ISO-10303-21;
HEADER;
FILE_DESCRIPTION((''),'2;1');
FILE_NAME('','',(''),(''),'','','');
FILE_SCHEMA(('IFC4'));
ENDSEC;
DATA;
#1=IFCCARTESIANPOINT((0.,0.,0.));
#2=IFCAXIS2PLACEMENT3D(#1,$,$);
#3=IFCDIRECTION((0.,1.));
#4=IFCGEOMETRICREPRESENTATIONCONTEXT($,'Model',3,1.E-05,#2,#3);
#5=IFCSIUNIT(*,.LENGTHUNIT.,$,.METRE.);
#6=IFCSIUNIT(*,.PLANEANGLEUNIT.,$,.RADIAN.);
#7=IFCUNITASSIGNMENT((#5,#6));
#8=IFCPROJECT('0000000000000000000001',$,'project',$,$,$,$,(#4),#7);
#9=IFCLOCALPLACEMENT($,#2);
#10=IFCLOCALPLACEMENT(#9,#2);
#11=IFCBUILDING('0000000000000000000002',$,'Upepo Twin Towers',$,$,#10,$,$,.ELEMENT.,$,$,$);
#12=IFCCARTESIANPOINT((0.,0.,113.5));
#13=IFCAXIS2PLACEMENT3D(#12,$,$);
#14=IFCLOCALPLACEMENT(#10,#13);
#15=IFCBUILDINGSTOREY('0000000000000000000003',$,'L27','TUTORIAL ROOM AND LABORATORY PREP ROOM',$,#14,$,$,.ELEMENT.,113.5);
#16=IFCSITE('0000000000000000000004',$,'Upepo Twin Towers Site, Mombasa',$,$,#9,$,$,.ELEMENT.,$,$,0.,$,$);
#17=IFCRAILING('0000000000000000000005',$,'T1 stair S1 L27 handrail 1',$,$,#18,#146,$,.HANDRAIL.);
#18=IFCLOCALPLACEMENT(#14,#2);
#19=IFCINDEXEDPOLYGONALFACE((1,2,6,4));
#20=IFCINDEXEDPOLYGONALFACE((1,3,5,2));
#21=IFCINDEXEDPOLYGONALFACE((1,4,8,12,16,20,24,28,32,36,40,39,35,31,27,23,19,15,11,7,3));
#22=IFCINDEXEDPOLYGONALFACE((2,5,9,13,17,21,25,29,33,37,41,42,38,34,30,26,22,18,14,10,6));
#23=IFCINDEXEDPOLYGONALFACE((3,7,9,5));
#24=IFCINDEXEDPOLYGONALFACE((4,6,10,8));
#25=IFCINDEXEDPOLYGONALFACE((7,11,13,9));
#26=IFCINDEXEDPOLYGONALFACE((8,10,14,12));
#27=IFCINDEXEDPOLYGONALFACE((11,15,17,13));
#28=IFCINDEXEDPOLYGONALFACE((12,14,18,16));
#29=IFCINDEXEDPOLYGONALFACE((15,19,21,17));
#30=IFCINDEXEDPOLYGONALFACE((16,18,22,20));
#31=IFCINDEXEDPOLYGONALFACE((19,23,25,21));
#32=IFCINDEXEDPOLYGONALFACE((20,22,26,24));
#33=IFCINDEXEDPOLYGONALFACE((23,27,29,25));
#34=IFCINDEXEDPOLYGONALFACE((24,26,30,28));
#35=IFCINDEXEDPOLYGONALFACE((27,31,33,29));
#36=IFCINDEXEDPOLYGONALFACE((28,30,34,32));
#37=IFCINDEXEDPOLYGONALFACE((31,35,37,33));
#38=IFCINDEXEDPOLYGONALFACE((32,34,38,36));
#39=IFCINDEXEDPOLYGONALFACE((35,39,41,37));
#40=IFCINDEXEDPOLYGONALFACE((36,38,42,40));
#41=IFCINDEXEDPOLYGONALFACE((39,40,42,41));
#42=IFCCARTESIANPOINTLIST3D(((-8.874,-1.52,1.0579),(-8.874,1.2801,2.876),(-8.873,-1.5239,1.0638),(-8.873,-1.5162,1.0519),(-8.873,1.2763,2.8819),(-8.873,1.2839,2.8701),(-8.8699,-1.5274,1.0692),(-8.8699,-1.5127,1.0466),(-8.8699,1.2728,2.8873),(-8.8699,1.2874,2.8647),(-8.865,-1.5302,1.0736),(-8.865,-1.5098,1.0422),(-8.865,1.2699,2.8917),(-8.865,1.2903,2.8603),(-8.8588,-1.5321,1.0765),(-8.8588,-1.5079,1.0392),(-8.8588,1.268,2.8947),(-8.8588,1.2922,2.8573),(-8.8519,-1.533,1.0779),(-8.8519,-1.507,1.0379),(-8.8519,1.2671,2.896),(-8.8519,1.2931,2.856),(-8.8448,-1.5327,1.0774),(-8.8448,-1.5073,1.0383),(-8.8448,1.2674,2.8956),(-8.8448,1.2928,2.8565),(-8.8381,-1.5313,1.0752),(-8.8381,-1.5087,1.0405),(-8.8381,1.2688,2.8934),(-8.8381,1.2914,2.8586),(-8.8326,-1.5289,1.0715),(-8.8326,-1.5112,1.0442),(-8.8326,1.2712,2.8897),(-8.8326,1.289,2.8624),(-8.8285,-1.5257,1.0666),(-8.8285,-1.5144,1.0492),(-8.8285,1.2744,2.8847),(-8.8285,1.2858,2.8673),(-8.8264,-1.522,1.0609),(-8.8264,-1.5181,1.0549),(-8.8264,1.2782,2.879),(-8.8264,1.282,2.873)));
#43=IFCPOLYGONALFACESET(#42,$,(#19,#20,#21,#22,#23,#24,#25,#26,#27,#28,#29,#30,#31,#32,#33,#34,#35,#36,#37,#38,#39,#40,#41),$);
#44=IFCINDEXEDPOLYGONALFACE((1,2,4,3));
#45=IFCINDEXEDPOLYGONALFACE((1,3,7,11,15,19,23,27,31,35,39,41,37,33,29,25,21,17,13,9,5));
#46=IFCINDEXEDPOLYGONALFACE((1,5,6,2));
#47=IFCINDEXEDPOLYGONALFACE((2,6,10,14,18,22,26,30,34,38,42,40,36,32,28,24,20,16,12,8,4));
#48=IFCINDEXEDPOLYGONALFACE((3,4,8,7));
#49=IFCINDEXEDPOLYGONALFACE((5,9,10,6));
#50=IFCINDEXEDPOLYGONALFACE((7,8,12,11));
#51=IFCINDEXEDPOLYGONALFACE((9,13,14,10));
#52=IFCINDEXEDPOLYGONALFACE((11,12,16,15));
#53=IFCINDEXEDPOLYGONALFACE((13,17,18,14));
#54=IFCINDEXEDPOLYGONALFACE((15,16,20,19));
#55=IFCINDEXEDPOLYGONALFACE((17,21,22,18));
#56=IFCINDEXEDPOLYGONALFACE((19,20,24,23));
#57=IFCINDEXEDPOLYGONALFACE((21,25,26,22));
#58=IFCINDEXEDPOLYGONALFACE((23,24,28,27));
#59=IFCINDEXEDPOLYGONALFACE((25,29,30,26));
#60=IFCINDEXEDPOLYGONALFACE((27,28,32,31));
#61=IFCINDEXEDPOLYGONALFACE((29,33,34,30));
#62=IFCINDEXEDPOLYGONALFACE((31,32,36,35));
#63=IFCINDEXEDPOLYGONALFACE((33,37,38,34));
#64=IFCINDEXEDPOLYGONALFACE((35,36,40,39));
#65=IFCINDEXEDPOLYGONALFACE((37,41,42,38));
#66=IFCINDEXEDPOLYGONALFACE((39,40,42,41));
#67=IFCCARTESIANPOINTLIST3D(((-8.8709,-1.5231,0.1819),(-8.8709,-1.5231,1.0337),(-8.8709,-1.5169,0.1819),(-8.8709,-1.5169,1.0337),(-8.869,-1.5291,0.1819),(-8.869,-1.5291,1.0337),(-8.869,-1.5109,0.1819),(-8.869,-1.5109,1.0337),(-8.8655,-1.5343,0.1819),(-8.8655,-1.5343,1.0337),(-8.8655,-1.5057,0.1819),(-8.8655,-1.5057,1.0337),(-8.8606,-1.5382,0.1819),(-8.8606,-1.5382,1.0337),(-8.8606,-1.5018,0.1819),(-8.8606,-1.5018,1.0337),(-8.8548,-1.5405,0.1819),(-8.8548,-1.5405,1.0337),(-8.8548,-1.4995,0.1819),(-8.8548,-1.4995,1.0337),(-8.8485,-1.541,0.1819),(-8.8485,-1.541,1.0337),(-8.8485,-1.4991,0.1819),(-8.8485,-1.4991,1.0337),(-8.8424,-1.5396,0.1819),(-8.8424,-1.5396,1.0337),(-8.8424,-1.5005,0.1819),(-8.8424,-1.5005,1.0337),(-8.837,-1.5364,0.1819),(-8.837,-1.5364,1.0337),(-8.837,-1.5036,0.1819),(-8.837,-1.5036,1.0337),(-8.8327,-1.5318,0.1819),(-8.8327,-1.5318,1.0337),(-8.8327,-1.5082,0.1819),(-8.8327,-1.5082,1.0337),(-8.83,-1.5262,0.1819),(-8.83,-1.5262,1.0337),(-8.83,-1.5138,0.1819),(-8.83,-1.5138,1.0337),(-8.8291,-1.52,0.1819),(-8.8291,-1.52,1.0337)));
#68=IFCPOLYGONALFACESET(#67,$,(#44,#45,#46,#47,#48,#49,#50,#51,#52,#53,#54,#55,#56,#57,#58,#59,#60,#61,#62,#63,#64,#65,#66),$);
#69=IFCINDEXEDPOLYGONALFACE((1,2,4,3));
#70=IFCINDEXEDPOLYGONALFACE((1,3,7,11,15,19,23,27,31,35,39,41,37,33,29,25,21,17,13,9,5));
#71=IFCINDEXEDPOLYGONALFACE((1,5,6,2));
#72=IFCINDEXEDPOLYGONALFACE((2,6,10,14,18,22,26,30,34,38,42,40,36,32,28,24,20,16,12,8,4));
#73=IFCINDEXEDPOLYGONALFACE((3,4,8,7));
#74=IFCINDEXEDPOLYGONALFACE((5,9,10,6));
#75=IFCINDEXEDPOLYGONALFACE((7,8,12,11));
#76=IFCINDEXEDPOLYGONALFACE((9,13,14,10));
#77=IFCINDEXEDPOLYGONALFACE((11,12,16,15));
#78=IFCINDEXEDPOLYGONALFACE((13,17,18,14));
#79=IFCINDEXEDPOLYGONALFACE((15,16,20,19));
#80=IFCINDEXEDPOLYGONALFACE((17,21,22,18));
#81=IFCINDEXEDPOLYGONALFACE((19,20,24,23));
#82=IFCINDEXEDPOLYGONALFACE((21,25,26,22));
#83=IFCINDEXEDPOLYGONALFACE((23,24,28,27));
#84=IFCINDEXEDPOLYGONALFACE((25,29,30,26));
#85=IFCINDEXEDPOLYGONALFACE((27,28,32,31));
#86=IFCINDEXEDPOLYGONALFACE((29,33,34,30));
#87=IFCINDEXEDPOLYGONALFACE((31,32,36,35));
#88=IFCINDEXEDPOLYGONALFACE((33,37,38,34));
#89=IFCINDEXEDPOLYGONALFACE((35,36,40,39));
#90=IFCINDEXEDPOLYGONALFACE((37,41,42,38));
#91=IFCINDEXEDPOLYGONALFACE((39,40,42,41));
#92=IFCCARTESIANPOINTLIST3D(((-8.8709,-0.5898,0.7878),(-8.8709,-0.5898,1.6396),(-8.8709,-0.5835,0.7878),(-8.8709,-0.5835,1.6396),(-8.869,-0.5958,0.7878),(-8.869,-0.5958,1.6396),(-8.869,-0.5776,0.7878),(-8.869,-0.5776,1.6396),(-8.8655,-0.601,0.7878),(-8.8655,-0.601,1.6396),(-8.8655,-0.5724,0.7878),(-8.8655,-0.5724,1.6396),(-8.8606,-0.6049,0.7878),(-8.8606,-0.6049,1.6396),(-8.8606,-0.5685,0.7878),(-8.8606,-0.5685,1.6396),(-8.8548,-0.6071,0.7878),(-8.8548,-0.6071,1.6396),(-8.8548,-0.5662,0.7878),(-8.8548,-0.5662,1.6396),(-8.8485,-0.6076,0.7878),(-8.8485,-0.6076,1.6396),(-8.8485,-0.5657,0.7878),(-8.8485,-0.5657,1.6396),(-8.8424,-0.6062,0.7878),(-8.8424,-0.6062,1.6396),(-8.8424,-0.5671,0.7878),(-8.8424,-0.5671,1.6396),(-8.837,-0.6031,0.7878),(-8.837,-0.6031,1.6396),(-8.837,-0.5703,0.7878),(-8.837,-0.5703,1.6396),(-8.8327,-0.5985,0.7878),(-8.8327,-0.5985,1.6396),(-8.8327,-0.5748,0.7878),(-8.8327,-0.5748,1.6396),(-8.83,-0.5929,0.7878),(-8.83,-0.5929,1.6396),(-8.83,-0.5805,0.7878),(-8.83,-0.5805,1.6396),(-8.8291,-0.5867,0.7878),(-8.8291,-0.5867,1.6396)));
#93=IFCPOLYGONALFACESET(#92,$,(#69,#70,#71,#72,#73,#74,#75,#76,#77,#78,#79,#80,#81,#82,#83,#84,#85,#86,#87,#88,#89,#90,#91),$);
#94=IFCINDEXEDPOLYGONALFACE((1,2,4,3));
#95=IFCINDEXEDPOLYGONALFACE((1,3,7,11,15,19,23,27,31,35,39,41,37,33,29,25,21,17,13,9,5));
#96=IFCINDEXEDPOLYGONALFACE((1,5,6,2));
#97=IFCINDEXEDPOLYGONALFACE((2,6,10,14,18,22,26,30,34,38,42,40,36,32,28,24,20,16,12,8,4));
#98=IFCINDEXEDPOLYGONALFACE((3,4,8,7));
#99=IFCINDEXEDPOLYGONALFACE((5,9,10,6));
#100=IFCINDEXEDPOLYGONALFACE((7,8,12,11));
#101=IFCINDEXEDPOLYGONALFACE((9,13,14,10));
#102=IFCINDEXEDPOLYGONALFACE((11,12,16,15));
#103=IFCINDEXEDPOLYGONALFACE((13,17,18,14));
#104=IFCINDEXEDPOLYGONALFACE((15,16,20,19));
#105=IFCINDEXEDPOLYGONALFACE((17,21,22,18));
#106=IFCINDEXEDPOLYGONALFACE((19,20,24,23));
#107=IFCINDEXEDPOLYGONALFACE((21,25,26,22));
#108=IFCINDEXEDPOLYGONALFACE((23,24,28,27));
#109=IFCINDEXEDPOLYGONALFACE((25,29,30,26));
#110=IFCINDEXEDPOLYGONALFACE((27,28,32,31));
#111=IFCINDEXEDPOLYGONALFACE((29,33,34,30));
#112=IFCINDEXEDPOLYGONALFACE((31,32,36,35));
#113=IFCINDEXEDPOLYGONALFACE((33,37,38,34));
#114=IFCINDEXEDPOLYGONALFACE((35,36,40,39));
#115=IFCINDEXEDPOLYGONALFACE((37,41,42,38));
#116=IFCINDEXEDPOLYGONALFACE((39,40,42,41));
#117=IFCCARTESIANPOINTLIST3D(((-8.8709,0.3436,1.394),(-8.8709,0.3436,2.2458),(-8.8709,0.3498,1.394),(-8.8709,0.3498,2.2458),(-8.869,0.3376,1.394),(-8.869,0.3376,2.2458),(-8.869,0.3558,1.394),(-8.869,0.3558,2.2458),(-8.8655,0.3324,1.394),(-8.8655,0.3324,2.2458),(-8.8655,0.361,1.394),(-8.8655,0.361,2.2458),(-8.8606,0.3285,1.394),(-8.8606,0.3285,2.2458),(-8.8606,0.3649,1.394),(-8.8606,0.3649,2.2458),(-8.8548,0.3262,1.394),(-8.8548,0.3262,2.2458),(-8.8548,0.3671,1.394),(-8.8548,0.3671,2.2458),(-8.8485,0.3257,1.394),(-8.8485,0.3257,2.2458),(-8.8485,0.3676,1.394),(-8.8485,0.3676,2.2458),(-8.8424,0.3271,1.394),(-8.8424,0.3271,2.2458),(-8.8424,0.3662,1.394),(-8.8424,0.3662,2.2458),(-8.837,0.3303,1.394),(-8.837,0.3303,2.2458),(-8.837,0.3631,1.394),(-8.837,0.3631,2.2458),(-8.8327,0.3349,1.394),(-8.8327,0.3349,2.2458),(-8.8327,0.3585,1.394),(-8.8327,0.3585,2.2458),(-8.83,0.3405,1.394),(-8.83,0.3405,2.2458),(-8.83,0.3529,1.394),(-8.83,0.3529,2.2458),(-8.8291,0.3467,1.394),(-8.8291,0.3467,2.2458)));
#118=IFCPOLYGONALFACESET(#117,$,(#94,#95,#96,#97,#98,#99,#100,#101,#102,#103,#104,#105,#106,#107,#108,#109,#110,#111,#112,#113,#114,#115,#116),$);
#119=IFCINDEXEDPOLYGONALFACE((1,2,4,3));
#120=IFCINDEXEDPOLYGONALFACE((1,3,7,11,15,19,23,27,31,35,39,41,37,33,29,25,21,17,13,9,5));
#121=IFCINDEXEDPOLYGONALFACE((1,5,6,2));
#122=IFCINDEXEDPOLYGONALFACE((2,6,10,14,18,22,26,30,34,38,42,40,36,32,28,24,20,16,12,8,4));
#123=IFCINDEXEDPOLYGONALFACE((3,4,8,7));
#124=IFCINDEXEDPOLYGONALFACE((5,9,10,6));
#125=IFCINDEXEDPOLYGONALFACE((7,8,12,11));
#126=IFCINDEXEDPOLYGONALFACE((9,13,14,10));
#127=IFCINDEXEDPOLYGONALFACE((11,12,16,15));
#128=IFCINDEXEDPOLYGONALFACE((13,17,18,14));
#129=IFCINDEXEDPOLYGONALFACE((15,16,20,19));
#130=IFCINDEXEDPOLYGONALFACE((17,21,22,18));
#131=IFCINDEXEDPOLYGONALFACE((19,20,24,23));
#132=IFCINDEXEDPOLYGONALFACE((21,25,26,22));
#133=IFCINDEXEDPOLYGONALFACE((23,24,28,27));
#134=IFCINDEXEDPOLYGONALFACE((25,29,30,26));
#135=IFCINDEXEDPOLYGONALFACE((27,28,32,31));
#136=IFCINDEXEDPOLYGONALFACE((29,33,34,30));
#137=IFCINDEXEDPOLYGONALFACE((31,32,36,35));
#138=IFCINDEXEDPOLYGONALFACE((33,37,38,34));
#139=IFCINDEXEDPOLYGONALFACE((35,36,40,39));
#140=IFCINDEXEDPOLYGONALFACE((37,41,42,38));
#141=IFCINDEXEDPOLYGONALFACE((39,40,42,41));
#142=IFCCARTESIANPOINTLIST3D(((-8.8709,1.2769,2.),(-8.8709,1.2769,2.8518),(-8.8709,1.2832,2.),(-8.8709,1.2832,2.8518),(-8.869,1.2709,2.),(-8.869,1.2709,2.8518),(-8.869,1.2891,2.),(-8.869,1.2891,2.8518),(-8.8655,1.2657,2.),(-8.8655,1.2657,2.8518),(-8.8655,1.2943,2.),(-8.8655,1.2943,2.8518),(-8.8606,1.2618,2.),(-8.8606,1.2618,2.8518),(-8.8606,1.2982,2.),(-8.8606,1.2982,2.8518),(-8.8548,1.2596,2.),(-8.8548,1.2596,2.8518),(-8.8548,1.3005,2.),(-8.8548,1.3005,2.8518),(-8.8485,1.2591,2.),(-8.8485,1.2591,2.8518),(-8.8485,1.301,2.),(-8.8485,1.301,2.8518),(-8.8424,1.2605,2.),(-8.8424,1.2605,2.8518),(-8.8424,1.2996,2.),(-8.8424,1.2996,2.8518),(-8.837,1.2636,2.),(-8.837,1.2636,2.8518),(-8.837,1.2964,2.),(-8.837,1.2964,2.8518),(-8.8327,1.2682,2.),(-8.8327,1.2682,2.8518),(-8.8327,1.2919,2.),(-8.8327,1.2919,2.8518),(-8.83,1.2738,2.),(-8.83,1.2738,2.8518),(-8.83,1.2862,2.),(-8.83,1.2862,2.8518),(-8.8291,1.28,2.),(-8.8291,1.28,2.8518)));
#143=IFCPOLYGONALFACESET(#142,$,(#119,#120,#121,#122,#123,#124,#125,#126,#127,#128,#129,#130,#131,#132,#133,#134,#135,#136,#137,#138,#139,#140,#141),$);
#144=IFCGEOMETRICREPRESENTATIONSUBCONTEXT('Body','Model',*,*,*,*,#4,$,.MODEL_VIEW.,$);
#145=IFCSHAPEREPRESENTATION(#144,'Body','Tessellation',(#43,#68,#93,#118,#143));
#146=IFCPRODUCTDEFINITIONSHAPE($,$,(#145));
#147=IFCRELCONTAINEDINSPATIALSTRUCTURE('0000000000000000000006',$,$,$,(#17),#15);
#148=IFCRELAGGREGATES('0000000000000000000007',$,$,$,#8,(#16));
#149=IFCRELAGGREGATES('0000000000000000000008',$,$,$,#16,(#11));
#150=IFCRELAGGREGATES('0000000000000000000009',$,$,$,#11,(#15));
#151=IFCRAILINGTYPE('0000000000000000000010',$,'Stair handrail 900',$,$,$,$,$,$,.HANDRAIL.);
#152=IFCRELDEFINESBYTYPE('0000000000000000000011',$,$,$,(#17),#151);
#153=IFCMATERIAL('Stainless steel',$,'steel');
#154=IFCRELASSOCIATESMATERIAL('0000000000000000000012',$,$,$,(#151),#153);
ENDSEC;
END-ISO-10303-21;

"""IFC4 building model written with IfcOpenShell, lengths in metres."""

from ifc_helpers import new_model, si_unit, direction, frame, origin, origin_2d, place, context, subcontext, project, spatial, circle, extrude, material, type_object, element, save


model = new_model("IFC4")

# Units and contexts
model_context = context("Model", 3, precision=1e-05, world=origin(), true_north=direction((0.0, 1.0)))
body_context = subcontext(model_context, "Body", "Model", "MODEL_VIEW")
ifc_project = project(units=[si_unit("LENGTHUNIT", "METRE"), si_unit("PLANEANGLEUNIT", "RADIAN")], contexts=[model_context])

# Site, building, storey
site_placement = place(None, origin())
site = spatial("IfcSite", under=ifc_project, at=site_placement, Name="Upepo Twin Towers Site, Mombasa", CompositionType="ELEMENT", RefElevation=0.0)
building_placement = place(site_placement, origin())
building = spatial("IfcBuilding", under=site, at=building_placement, Name="Upepo Twin Towers", CompositionType="ELEMENT")
storey_placement = place(building_placement, frame((0.0, 0.0, 113.5)))
storey = spatial("IfcBuildingStorey", under=building, at=storey_placement, Name="L27", Description="TUTORIAL ROOM AND LABORATORY PREP ROOM", CompositionType="ELEMENT", Elevation=113.5)

# Railing
ifc_material_1 = material(Name="Stainless steel", Category="steel")
railing_type = type_object("IfcRailingType", Name="Stair handrail 900", PredefinedType="HANDRAIL", material=ifc_material_1)
railing_1_placement = place(storey_placement, frame((-8.8501, -1.52, 0.1819)))
element("IfcRailing", 1, at=railing_1_placement, inside=storey, type_object=railing_type, Name="T1 stair S1 L27 handrail 1", PredefinedType="HANDRAIL", context=body_context, shape_type="SweptSolid", body=[
    extrude(circle(Radius=0.0239, at=origin_2d()), frame((0.0, 0.0, 0.876), z_axis=(0.0, 0.838706, 0.544585), x_axis=(-1.0, 0.0, 0.0)), (0.0, 0.0, 1.0), 3.3386),
    extrude(circle(Radius=0.021, at=origin_2d()), origin(), (0.0, 0.0, 1.0), 0.8518),
    extrude(circle(Radius=0.021, at=origin_2d()), frame((0.0, 0.9333, 0.606)), (0.0, 0.0, 1.0), 0.8518),
    extrude(circle(Radius=0.021, at=origin_2d()), frame((0.0, 1.8667, 1.2122)), (0.0, 0.0, 1.0), 0.8518),
    extrude(circle(Radius=0.021, at=origin_2d()), frame((0.0, 2.8, 1.8181)), (0.0, 0.0, 1.0), 0.8518),
])

save(model, "model.ifc")
